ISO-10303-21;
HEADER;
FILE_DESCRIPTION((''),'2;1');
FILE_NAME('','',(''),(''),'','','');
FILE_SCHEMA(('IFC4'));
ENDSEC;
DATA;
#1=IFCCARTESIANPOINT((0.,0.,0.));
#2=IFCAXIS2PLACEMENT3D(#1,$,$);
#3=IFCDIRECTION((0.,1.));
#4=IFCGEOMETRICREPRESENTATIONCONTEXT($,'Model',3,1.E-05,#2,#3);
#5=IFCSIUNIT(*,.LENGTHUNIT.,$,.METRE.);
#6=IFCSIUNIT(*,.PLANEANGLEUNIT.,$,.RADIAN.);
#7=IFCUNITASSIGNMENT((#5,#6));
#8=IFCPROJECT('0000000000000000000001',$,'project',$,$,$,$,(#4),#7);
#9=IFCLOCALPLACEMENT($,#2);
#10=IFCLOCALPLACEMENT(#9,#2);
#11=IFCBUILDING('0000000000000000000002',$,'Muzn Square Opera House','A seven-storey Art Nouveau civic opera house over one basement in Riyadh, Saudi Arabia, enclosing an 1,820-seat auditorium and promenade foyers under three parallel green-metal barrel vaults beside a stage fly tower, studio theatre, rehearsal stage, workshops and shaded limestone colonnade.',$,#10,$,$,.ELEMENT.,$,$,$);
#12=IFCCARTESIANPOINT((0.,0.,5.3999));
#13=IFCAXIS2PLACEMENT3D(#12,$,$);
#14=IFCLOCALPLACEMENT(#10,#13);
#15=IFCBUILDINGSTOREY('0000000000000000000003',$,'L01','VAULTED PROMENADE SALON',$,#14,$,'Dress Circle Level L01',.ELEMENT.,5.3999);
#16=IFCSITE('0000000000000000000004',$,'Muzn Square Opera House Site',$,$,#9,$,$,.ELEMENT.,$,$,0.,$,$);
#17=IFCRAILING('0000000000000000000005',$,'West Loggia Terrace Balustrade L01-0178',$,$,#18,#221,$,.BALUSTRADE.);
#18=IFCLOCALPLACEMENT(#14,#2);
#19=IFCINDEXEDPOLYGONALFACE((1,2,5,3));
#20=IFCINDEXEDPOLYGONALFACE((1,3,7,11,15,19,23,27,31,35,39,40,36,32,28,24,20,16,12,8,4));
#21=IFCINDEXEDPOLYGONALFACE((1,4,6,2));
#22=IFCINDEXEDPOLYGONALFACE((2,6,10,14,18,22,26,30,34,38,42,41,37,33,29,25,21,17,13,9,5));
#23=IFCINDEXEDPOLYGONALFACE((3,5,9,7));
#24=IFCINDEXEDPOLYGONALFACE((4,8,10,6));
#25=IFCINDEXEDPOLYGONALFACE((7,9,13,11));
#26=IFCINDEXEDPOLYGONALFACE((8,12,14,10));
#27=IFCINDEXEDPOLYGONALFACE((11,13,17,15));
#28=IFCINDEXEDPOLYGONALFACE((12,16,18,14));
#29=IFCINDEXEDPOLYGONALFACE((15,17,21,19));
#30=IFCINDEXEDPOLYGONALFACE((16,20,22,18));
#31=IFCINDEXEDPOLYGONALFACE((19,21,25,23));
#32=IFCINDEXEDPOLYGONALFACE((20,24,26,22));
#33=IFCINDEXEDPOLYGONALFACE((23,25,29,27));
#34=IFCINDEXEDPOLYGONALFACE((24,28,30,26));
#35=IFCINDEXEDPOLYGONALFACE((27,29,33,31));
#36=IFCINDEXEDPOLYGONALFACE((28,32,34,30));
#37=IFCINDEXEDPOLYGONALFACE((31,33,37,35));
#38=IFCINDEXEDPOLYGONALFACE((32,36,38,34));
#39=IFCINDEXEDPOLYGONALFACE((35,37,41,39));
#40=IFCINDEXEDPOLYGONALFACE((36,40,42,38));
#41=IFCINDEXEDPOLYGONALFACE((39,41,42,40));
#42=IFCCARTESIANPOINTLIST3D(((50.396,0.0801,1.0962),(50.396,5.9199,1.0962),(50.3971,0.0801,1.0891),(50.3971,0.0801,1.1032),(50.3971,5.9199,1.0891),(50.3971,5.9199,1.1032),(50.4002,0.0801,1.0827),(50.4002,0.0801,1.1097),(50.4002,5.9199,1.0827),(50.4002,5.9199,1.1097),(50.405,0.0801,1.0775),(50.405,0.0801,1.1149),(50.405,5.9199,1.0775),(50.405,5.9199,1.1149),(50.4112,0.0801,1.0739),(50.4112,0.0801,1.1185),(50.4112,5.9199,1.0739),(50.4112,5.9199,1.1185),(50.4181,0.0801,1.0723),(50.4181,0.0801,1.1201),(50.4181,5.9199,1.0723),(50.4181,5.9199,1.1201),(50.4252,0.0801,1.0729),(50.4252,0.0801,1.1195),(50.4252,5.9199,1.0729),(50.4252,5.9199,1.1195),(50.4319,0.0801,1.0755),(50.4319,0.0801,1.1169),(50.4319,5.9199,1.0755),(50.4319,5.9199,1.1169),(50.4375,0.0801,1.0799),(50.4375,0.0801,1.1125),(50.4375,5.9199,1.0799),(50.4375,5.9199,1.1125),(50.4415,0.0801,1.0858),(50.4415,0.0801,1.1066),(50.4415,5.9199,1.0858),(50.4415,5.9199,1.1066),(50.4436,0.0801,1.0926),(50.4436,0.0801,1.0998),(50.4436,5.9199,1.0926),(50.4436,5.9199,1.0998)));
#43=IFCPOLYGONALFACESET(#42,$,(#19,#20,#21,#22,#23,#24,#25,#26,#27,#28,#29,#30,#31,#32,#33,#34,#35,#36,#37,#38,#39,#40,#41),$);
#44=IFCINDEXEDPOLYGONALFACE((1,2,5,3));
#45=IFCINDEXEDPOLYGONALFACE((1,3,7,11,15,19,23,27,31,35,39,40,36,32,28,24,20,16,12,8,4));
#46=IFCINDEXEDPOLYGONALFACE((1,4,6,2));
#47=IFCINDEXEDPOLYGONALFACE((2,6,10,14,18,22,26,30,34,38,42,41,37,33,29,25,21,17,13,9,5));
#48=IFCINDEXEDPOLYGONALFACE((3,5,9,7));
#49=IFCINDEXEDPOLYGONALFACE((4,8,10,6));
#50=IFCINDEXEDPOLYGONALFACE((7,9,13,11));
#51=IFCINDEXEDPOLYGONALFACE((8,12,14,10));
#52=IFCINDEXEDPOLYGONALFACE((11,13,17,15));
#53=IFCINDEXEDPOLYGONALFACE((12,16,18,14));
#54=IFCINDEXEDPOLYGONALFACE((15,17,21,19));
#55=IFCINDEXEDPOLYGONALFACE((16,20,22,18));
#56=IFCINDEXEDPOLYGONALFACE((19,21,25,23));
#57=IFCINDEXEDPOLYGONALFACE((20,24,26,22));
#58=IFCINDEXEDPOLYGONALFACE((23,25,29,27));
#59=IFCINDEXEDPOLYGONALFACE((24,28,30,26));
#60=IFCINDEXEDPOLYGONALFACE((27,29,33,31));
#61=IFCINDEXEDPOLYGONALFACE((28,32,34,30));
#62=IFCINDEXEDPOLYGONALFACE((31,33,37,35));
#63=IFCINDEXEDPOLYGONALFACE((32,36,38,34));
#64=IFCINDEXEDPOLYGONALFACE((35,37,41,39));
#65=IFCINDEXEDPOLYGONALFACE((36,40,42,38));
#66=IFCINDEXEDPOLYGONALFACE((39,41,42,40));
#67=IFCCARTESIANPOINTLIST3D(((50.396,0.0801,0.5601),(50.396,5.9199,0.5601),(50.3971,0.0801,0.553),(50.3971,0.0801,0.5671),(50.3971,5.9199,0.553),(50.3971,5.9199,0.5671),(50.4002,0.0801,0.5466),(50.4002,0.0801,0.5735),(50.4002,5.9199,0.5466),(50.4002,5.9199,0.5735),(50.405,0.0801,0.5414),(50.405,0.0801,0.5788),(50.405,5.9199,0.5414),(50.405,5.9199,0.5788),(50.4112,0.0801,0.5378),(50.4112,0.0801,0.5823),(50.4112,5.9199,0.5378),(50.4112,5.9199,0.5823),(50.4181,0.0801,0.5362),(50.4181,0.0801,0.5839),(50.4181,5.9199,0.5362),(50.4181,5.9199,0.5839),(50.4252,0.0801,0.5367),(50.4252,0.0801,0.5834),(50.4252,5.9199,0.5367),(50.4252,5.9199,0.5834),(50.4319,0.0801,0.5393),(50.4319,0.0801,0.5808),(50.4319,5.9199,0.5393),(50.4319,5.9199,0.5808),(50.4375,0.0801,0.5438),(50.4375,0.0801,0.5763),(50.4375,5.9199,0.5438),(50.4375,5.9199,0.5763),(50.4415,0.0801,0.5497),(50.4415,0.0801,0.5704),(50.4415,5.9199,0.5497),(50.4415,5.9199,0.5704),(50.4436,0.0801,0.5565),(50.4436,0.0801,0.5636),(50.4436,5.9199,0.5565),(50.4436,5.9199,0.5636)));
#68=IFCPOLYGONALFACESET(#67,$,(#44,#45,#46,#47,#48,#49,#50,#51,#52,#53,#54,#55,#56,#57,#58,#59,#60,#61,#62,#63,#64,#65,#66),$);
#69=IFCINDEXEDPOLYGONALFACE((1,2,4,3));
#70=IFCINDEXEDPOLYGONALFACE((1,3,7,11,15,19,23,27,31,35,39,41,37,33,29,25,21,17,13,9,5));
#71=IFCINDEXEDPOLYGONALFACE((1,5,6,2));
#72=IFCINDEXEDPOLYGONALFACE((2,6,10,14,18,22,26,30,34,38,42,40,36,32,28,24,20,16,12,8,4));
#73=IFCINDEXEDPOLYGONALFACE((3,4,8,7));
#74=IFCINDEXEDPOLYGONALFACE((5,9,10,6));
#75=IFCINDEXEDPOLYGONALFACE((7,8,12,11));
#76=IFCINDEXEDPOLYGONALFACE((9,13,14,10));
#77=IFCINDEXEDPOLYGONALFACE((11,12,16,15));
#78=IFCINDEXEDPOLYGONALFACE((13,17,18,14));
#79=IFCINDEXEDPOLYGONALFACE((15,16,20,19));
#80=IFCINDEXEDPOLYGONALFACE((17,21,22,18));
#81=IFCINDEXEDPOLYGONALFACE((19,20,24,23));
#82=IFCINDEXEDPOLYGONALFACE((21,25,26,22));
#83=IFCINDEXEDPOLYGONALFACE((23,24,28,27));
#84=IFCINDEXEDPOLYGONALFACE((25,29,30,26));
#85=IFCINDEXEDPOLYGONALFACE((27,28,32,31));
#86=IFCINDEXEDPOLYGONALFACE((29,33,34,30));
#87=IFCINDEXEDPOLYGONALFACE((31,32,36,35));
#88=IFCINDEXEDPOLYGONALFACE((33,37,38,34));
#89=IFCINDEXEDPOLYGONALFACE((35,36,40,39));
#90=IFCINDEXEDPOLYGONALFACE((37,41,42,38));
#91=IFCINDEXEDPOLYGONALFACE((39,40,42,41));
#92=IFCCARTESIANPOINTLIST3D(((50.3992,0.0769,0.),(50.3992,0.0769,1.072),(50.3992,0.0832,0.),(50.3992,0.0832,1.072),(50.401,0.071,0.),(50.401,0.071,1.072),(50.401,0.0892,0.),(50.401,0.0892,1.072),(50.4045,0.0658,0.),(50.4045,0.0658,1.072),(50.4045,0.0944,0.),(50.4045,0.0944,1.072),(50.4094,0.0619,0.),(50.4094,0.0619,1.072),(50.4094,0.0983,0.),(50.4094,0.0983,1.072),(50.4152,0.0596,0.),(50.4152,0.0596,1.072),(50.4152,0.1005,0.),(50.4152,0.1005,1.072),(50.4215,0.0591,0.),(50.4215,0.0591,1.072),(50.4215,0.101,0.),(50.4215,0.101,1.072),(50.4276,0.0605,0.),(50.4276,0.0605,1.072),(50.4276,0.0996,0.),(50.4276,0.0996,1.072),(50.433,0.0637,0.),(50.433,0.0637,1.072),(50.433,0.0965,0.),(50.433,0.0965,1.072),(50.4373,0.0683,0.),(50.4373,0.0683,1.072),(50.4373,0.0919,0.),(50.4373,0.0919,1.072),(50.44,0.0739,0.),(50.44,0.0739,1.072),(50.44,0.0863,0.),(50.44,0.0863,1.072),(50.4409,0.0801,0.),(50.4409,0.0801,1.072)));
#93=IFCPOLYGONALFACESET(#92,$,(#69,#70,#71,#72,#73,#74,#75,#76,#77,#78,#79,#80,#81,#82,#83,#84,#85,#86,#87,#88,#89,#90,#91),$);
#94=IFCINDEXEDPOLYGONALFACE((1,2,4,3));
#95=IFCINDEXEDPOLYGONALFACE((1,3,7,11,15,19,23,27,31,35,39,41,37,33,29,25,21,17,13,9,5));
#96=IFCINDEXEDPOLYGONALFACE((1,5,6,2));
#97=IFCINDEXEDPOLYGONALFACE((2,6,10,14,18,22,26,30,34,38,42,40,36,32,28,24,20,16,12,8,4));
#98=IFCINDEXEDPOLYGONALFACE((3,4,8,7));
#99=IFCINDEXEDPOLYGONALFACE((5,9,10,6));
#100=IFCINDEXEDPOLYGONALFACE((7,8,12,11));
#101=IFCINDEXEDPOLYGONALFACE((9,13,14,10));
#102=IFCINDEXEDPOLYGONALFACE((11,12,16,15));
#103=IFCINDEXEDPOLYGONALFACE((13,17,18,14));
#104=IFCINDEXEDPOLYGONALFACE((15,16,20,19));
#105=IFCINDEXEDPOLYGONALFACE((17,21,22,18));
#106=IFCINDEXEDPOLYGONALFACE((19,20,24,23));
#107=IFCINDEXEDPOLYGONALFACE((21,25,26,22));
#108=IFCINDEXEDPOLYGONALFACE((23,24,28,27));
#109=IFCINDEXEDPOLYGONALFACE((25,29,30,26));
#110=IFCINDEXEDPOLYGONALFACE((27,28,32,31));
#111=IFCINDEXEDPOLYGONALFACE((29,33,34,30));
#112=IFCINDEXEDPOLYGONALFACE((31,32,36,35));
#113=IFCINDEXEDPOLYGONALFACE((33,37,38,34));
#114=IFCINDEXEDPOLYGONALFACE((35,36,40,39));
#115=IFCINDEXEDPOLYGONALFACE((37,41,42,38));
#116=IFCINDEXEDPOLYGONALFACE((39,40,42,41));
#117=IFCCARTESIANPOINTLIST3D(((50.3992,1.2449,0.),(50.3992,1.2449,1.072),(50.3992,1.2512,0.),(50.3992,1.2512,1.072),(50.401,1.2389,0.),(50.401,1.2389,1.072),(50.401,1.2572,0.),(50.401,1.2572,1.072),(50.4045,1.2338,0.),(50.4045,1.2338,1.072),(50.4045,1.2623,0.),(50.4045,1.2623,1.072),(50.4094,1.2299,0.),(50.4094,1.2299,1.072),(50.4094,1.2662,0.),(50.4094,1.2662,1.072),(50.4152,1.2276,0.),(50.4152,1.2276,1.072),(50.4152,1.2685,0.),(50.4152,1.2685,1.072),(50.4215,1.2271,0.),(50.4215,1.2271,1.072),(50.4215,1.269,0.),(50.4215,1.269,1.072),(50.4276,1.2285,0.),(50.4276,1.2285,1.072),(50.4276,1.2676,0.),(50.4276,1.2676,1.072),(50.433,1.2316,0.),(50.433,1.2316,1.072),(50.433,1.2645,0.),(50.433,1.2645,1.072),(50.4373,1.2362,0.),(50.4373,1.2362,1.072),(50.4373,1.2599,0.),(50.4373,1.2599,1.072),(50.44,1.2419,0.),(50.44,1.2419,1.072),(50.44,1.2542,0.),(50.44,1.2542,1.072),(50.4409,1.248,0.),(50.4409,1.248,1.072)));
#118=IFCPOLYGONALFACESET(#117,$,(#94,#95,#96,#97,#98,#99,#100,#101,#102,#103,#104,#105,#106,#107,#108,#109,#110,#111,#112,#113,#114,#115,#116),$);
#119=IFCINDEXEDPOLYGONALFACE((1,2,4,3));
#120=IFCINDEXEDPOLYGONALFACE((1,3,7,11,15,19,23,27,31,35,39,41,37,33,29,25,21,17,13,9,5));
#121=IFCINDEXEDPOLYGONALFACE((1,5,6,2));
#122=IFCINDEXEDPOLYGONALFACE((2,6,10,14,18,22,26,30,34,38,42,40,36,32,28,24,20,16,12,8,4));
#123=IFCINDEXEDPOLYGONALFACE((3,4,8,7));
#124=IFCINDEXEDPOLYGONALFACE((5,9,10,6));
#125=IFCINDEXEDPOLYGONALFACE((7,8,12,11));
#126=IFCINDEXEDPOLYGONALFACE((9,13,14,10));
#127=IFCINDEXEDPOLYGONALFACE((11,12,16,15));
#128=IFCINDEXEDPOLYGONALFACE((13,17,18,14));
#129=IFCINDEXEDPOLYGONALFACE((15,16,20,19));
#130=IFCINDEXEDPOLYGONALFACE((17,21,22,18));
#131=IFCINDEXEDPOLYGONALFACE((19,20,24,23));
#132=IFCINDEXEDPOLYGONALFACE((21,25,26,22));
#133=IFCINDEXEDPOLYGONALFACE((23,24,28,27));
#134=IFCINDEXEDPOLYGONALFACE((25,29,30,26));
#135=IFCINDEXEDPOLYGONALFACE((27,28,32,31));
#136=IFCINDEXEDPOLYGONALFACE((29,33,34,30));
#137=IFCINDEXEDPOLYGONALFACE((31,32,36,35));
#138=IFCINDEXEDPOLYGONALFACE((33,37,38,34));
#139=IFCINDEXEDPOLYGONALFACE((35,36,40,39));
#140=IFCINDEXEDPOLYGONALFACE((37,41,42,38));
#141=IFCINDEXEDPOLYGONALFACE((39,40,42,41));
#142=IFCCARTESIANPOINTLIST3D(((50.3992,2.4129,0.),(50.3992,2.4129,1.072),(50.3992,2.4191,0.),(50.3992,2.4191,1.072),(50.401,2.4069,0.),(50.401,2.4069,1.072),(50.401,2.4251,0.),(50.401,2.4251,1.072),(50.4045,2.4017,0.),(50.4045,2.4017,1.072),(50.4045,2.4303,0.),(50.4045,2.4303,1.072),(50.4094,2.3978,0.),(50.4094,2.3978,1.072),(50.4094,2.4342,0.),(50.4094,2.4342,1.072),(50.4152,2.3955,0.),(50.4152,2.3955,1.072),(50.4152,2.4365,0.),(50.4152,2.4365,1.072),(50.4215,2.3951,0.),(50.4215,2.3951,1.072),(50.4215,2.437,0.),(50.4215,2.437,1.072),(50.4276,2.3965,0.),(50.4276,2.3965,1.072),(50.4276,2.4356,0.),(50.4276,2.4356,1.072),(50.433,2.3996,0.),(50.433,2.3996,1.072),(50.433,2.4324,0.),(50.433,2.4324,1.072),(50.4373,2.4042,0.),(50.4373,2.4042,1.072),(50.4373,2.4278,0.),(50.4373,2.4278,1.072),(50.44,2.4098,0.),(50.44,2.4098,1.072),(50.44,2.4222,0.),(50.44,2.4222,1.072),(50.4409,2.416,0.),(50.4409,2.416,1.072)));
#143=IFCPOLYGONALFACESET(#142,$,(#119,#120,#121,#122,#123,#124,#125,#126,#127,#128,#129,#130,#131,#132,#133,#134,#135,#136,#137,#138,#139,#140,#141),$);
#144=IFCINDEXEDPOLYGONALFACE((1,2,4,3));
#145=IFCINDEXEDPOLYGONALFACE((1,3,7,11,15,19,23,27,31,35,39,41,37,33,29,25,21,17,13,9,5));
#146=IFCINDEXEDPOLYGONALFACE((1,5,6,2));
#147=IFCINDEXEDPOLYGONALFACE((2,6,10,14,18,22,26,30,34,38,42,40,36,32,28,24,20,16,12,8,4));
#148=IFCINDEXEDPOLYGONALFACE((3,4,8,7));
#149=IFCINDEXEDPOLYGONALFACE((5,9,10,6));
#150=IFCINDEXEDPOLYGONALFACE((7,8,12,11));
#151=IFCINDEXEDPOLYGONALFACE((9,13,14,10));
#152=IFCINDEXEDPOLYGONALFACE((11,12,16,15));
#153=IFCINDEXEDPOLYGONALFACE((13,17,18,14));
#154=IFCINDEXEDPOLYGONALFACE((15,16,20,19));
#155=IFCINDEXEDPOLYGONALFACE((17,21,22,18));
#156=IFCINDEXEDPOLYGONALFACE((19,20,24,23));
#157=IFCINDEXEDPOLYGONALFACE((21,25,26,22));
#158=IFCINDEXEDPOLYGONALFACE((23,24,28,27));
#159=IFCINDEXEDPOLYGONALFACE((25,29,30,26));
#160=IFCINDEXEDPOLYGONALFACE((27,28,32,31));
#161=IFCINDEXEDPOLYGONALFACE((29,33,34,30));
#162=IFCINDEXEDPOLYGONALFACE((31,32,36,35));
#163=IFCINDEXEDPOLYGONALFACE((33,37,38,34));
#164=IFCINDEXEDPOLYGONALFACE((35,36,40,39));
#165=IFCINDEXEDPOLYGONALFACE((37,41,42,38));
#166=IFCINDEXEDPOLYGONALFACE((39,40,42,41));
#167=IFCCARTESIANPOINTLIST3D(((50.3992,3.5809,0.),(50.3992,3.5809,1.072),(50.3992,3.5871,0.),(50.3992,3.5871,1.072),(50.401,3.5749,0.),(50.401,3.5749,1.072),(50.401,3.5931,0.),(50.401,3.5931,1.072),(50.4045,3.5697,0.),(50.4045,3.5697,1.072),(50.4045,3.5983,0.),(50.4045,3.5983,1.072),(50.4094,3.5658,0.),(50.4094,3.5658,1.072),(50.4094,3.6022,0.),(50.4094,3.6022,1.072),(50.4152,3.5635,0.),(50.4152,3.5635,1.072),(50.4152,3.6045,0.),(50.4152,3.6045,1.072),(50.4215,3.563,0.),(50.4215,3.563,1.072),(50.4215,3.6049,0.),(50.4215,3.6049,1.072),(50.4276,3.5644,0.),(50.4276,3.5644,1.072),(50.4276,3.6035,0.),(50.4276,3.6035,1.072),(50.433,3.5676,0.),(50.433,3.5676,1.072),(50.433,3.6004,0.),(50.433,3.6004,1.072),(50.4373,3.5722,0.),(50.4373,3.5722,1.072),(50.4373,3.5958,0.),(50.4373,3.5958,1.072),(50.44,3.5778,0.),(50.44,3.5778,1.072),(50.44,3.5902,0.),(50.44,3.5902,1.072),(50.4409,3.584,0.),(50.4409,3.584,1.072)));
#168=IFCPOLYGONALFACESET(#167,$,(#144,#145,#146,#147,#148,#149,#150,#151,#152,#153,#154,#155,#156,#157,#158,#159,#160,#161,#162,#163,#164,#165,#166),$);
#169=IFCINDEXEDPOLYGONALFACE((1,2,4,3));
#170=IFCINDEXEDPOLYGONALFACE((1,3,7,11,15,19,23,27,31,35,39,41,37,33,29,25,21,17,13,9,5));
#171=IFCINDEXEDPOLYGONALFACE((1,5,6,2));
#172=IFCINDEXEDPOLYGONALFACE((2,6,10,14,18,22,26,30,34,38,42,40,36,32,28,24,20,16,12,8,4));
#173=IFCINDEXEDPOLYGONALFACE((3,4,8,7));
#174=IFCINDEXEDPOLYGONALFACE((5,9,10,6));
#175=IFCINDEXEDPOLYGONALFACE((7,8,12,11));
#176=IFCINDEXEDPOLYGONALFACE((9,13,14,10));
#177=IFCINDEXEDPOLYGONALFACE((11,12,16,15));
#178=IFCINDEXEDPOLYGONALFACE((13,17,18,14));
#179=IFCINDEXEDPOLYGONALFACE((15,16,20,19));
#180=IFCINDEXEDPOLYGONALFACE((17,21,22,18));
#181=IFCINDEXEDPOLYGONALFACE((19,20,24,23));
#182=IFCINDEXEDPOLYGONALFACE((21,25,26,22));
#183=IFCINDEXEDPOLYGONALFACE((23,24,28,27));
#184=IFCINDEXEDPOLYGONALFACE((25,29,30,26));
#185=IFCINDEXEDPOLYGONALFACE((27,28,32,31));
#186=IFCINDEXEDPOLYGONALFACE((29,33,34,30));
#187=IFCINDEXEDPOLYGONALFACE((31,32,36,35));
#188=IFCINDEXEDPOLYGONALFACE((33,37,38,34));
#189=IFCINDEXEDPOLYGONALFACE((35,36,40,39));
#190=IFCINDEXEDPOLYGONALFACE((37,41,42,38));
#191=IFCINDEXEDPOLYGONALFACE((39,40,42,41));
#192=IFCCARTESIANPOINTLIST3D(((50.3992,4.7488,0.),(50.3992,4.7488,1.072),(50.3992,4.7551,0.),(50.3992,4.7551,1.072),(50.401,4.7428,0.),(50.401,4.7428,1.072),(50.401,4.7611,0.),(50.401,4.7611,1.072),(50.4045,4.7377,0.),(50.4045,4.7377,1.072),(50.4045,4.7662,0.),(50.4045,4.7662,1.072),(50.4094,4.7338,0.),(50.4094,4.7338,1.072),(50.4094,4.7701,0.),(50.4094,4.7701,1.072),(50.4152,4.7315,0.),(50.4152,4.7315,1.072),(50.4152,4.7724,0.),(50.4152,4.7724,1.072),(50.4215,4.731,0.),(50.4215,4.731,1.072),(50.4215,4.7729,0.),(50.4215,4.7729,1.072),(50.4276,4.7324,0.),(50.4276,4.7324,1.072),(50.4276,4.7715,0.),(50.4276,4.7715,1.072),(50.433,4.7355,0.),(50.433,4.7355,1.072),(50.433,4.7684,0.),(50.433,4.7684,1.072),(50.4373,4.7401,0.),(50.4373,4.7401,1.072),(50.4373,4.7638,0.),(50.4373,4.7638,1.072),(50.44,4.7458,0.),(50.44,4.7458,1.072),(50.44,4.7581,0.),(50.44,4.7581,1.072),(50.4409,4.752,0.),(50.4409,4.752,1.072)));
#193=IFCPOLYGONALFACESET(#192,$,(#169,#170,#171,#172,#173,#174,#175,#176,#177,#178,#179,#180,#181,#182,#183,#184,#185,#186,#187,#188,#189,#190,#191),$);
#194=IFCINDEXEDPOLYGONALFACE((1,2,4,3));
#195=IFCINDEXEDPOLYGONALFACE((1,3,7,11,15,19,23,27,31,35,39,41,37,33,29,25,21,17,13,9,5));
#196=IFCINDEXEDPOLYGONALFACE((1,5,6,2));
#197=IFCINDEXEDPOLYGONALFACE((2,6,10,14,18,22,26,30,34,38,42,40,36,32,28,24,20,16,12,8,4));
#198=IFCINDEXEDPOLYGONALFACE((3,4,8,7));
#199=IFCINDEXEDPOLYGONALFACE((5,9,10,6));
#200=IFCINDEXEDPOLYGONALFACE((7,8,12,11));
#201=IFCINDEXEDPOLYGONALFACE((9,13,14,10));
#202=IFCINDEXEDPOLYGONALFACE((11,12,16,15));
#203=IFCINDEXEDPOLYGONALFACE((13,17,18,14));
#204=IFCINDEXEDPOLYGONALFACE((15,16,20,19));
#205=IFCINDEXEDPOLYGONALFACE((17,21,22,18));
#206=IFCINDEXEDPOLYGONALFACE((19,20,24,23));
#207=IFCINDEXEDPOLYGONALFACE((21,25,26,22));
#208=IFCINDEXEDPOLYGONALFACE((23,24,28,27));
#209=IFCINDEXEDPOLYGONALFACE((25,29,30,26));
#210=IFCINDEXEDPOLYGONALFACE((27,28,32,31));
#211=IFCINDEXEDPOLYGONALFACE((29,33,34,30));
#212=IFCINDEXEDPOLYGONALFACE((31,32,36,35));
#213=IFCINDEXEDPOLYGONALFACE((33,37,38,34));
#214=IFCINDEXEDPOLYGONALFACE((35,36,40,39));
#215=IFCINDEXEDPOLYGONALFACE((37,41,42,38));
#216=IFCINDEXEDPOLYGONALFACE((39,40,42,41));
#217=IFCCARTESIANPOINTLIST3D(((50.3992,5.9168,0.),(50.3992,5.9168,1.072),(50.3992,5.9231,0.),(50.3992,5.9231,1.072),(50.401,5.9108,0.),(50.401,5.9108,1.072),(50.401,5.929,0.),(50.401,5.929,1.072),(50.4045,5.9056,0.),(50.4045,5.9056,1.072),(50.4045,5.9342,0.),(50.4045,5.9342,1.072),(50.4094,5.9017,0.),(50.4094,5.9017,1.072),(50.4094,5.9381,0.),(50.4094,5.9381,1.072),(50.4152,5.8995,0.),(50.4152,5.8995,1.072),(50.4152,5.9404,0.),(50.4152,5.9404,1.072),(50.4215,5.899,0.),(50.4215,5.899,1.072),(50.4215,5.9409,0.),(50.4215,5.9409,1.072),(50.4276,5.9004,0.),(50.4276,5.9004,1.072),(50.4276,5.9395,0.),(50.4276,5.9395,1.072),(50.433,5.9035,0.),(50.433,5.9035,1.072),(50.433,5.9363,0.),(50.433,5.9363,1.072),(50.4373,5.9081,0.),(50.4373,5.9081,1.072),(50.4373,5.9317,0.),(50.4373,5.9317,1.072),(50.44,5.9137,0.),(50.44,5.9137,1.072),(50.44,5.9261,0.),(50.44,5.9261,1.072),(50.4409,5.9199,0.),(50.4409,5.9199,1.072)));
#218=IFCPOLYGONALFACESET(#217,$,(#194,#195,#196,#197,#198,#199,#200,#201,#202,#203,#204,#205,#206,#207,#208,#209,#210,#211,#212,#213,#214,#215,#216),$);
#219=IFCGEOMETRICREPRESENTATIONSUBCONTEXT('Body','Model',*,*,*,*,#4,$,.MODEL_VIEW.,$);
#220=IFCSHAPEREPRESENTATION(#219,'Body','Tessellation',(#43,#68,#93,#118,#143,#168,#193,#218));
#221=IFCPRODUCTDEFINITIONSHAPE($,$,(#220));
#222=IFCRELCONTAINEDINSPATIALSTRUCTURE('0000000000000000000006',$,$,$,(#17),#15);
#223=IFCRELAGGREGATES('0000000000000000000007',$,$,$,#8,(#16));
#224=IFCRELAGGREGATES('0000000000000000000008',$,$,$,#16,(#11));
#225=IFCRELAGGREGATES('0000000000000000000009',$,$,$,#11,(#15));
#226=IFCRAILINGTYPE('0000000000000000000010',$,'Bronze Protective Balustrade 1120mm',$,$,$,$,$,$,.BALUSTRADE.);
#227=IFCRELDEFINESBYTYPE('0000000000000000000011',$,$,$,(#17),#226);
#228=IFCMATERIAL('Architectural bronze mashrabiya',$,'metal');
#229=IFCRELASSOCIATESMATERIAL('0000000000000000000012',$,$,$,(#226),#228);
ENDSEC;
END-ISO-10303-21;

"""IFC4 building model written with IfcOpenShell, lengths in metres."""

from ifc_helpers import new_model, si_unit, direction, frame, origin, origin_2d, place, context, subcontext, project, spatial, circle, extrude, material, type_object, element, save


model = new_model("IFC4")

# Units and contexts
model_context = context("Model", 3, precision=1e-05, world=origin(), true_north=direction((0.0, 1.0)))
body_context = subcontext(model_context, "Body", "Model", "MODEL_VIEW")
ifc_project = project(units=[si_unit("LENGTHUNIT", "METRE"), si_unit("PLANEANGLEUNIT", "RADIAN")], contexts=[model_context])

# Site, building, storey
site_placement = place(None, origin())
site = spatial("IfcSite", under=ifc_project, at=site_placement, Name="Muzn Square Opera House Site", CompositionType="ELEMENT", RefElevation=0.0)
building_placement = place(site_placement, origin())
building = spatial("IfcBuilding", under=site, at=building_placement, Name="Muzn Square Opera House", Description="A seven-storey Art Nouveau civic opera house over one basement in Riyadh, Saudi Arabia, enclosing an 1,820-seat auditorium and promenade foyers under three parallel green-metal barrel vaults beside a stage fly tower, studio theatre, rehearsal stage, workshops and shaded limestone colonnade.", CompositionType="ELEMENT")
storey_placement = place(building_placement, frame((0.0, 0.0, 5.3999)))
storey = spatial("IfcBuildingStorey", under=building, at=storey_placement, Name="L01", Description="VAULTED PROMENADE SALON", LongName="Dress Circle Level L01", CompositionType="ELEMENT", Elevation=5.3999)

# Railing
ifc_material_1 = material(Name="Architectural bronze mashrabiya", Category="metal")
railing_type = type_object("IfcRailingType", Name="Bronze Protective Balustrade 1120mm", PredefinedType="BALUSTRADE", material=ifc_material_1)
railing_placement = place(storey_placement, frame((50.4199, 0.0801, 0.0)))
element("IfcRailing", 1, at=railing_placement, inside=storey, type_object=railing_type, Name="West Loggia Terrace Balustrade L01-0178", PredefinedType="BALUSTRADE", context=body_context, shape_type="SweptSolid", body=[
    extrude(circle(Radius=0.0239, at=origin_2d()), frame((0.0, 0.0, 1.0962), z_axis=(0.0, 1.0, 0.0), x_axis=(-1.0, 0.0, 0.0)), (0.0, 0.0, 1.0), 5.8398),
    extrude(circle(Radius=0.0239, at=origin_2d()), frame((0.0, 0.0, 0.5601), z_axis=(0.0, 1.0, 0.0), x_axis=(-1.0, 0.0, 0.0)), (0.0, 0.0, 1.0), 5.8398),
    extrude(circle(Radius=0.021, at=origin_2d()), origin(), (0.0, 0.0, 1.0), 1.072),
    extrude(circle(Radius=0.021, at=origin_2d()), frame((0.0, 1.168, 0.0)), (0.0, 0.0, 1.0), 1.072),
    extrude(circle(Radius=0.021, at=origin_2d()), frame((0.0, 2.3359, 0.0)), (0.0, 0.0, 1.0), 1.072),
    extrude(circle(Radius=0.021, at=origin_2d()), frame((0.0, 3.5039, 0.0)), (0.0, 0.0, 1.0), 1.072),
    extrude(circle(Radius=0.021, at=origin_2d()), frame((0.0, 4.6719, 0.0)), (0.0, 0.0, 1.0), 1.072),
    extrude(circle(Radius=0.021, at=origin_2d()), frame((0.0, 5.8398, 0.0)), (0.0, 0.0, 1.0), 1.072),
])

save(model, "model.ifc")
